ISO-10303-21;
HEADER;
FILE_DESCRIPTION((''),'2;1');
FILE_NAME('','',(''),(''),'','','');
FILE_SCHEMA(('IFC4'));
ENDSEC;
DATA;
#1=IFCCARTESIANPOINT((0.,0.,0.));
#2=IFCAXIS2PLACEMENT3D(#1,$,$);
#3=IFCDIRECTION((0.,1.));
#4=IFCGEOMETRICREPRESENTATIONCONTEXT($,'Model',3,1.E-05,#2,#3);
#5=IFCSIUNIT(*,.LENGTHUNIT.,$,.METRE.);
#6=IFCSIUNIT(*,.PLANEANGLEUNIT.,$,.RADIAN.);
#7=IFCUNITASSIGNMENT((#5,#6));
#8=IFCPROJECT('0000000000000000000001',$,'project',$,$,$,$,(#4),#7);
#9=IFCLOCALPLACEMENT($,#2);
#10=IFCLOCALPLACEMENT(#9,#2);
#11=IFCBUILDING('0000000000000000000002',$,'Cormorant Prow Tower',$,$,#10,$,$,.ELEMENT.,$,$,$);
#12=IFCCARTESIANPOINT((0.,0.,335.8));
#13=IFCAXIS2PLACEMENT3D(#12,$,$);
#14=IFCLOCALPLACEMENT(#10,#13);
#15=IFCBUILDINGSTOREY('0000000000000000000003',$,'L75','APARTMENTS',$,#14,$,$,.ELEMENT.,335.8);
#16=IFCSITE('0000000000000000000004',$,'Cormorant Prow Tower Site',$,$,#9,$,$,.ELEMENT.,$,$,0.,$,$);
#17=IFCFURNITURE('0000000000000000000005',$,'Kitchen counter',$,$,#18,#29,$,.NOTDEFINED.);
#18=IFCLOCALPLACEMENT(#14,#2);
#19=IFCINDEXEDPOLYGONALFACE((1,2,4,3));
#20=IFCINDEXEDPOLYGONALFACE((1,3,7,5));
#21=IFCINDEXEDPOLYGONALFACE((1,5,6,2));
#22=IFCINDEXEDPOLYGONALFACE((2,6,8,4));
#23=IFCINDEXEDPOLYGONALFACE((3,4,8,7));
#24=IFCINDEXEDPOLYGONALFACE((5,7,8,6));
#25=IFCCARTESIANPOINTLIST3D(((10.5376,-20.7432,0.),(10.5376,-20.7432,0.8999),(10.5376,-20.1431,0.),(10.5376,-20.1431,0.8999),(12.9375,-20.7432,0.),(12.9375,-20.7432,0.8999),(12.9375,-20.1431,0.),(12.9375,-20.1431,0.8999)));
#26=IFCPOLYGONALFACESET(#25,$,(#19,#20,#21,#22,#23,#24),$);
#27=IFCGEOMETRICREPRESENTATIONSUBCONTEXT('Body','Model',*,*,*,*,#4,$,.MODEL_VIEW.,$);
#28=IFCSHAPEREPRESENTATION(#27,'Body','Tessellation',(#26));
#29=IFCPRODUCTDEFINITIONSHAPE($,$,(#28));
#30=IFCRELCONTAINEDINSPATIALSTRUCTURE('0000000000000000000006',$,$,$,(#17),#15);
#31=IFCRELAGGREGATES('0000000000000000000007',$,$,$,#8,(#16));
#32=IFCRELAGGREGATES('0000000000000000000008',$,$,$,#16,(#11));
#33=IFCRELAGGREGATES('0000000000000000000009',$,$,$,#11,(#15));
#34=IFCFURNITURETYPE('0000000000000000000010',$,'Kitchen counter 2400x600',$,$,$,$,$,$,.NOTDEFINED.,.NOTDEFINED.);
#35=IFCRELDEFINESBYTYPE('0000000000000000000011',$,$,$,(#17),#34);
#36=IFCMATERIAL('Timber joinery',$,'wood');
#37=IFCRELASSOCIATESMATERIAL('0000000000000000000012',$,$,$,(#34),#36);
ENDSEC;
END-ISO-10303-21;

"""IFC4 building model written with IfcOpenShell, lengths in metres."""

from ifc_helpers import new_model, si_unit, direction, frame, origin, origin_2d, place, context, subcontext, project, spatial, rectangle, extrude, material, type_object, element, save


model = new_model("IFC4")

# Units and contexts
model_context = context("Model", 3, precision=1e-05, world=origin(), true_north=direction((0.0, 1.0)))
body_context = subcontext(model_context, "Body", "Model", "MODEL_VIEW")
ifc_project = project(units=[si_unit("LENGTHUNIT", "METRE"), si_unit("PLANEANGLEUNIT", "RADIAN")], contexts=[model_context])

# Site, building, storey
site_placement = place(None, origin())
site = spatial("IfcSite", under=ifc_project, at=site_placement, Name="Cormorant Prow Tower Site", CompositionType="ELEMENT", RefElevation=0.0)
building_placement = place(site_placement, origin())
building = spatial("IfcBuilding", under=site, at=building_placement, Name="Cormorant Prow Tower", CompositionType="ELEMENT")
storey_placement = place(building_placement, frame((0.0, 0.0, 335.8)))
storey = spatial("IfcBuildingStorey", under=building, at=storey_placement, Name="L75", Description="APARTMENTS", CompositionType="ELEMENT", Elevation=335.8)

# Furniture
ifc_material_1 = material(Name="Timber joinery", Category="wood")
furniture_type = type_object("IfcFurnitureType", Name="Kitchen counter 2400x600", AssemblyPlace="NOTDEFINED", PredefinedType="NOTDEFINED", material=ifc_material_1)
furniture_placement = place(storey_placement, frame((11.7375, -20.4431, 0.0), z_axis=(0.0, 0.0, 1.0), x_axis=(1.0, 0.0, 0.0)))
element("IfcFurniture", 1, at=furniture_placement, inside=storey, type_object=furniture_type, Name="Kitchen counter", PredefinedType="NOTDEFINED", context=body_context, shape_type="SweptSolid", body=[
    extrude(rectangle(XDim=2.3999, YDim=0.6001, at=origin_2d()), origin(), (0.0, 0.0, 1.0), 0.8999),
])

save(model, "model.ifc")
